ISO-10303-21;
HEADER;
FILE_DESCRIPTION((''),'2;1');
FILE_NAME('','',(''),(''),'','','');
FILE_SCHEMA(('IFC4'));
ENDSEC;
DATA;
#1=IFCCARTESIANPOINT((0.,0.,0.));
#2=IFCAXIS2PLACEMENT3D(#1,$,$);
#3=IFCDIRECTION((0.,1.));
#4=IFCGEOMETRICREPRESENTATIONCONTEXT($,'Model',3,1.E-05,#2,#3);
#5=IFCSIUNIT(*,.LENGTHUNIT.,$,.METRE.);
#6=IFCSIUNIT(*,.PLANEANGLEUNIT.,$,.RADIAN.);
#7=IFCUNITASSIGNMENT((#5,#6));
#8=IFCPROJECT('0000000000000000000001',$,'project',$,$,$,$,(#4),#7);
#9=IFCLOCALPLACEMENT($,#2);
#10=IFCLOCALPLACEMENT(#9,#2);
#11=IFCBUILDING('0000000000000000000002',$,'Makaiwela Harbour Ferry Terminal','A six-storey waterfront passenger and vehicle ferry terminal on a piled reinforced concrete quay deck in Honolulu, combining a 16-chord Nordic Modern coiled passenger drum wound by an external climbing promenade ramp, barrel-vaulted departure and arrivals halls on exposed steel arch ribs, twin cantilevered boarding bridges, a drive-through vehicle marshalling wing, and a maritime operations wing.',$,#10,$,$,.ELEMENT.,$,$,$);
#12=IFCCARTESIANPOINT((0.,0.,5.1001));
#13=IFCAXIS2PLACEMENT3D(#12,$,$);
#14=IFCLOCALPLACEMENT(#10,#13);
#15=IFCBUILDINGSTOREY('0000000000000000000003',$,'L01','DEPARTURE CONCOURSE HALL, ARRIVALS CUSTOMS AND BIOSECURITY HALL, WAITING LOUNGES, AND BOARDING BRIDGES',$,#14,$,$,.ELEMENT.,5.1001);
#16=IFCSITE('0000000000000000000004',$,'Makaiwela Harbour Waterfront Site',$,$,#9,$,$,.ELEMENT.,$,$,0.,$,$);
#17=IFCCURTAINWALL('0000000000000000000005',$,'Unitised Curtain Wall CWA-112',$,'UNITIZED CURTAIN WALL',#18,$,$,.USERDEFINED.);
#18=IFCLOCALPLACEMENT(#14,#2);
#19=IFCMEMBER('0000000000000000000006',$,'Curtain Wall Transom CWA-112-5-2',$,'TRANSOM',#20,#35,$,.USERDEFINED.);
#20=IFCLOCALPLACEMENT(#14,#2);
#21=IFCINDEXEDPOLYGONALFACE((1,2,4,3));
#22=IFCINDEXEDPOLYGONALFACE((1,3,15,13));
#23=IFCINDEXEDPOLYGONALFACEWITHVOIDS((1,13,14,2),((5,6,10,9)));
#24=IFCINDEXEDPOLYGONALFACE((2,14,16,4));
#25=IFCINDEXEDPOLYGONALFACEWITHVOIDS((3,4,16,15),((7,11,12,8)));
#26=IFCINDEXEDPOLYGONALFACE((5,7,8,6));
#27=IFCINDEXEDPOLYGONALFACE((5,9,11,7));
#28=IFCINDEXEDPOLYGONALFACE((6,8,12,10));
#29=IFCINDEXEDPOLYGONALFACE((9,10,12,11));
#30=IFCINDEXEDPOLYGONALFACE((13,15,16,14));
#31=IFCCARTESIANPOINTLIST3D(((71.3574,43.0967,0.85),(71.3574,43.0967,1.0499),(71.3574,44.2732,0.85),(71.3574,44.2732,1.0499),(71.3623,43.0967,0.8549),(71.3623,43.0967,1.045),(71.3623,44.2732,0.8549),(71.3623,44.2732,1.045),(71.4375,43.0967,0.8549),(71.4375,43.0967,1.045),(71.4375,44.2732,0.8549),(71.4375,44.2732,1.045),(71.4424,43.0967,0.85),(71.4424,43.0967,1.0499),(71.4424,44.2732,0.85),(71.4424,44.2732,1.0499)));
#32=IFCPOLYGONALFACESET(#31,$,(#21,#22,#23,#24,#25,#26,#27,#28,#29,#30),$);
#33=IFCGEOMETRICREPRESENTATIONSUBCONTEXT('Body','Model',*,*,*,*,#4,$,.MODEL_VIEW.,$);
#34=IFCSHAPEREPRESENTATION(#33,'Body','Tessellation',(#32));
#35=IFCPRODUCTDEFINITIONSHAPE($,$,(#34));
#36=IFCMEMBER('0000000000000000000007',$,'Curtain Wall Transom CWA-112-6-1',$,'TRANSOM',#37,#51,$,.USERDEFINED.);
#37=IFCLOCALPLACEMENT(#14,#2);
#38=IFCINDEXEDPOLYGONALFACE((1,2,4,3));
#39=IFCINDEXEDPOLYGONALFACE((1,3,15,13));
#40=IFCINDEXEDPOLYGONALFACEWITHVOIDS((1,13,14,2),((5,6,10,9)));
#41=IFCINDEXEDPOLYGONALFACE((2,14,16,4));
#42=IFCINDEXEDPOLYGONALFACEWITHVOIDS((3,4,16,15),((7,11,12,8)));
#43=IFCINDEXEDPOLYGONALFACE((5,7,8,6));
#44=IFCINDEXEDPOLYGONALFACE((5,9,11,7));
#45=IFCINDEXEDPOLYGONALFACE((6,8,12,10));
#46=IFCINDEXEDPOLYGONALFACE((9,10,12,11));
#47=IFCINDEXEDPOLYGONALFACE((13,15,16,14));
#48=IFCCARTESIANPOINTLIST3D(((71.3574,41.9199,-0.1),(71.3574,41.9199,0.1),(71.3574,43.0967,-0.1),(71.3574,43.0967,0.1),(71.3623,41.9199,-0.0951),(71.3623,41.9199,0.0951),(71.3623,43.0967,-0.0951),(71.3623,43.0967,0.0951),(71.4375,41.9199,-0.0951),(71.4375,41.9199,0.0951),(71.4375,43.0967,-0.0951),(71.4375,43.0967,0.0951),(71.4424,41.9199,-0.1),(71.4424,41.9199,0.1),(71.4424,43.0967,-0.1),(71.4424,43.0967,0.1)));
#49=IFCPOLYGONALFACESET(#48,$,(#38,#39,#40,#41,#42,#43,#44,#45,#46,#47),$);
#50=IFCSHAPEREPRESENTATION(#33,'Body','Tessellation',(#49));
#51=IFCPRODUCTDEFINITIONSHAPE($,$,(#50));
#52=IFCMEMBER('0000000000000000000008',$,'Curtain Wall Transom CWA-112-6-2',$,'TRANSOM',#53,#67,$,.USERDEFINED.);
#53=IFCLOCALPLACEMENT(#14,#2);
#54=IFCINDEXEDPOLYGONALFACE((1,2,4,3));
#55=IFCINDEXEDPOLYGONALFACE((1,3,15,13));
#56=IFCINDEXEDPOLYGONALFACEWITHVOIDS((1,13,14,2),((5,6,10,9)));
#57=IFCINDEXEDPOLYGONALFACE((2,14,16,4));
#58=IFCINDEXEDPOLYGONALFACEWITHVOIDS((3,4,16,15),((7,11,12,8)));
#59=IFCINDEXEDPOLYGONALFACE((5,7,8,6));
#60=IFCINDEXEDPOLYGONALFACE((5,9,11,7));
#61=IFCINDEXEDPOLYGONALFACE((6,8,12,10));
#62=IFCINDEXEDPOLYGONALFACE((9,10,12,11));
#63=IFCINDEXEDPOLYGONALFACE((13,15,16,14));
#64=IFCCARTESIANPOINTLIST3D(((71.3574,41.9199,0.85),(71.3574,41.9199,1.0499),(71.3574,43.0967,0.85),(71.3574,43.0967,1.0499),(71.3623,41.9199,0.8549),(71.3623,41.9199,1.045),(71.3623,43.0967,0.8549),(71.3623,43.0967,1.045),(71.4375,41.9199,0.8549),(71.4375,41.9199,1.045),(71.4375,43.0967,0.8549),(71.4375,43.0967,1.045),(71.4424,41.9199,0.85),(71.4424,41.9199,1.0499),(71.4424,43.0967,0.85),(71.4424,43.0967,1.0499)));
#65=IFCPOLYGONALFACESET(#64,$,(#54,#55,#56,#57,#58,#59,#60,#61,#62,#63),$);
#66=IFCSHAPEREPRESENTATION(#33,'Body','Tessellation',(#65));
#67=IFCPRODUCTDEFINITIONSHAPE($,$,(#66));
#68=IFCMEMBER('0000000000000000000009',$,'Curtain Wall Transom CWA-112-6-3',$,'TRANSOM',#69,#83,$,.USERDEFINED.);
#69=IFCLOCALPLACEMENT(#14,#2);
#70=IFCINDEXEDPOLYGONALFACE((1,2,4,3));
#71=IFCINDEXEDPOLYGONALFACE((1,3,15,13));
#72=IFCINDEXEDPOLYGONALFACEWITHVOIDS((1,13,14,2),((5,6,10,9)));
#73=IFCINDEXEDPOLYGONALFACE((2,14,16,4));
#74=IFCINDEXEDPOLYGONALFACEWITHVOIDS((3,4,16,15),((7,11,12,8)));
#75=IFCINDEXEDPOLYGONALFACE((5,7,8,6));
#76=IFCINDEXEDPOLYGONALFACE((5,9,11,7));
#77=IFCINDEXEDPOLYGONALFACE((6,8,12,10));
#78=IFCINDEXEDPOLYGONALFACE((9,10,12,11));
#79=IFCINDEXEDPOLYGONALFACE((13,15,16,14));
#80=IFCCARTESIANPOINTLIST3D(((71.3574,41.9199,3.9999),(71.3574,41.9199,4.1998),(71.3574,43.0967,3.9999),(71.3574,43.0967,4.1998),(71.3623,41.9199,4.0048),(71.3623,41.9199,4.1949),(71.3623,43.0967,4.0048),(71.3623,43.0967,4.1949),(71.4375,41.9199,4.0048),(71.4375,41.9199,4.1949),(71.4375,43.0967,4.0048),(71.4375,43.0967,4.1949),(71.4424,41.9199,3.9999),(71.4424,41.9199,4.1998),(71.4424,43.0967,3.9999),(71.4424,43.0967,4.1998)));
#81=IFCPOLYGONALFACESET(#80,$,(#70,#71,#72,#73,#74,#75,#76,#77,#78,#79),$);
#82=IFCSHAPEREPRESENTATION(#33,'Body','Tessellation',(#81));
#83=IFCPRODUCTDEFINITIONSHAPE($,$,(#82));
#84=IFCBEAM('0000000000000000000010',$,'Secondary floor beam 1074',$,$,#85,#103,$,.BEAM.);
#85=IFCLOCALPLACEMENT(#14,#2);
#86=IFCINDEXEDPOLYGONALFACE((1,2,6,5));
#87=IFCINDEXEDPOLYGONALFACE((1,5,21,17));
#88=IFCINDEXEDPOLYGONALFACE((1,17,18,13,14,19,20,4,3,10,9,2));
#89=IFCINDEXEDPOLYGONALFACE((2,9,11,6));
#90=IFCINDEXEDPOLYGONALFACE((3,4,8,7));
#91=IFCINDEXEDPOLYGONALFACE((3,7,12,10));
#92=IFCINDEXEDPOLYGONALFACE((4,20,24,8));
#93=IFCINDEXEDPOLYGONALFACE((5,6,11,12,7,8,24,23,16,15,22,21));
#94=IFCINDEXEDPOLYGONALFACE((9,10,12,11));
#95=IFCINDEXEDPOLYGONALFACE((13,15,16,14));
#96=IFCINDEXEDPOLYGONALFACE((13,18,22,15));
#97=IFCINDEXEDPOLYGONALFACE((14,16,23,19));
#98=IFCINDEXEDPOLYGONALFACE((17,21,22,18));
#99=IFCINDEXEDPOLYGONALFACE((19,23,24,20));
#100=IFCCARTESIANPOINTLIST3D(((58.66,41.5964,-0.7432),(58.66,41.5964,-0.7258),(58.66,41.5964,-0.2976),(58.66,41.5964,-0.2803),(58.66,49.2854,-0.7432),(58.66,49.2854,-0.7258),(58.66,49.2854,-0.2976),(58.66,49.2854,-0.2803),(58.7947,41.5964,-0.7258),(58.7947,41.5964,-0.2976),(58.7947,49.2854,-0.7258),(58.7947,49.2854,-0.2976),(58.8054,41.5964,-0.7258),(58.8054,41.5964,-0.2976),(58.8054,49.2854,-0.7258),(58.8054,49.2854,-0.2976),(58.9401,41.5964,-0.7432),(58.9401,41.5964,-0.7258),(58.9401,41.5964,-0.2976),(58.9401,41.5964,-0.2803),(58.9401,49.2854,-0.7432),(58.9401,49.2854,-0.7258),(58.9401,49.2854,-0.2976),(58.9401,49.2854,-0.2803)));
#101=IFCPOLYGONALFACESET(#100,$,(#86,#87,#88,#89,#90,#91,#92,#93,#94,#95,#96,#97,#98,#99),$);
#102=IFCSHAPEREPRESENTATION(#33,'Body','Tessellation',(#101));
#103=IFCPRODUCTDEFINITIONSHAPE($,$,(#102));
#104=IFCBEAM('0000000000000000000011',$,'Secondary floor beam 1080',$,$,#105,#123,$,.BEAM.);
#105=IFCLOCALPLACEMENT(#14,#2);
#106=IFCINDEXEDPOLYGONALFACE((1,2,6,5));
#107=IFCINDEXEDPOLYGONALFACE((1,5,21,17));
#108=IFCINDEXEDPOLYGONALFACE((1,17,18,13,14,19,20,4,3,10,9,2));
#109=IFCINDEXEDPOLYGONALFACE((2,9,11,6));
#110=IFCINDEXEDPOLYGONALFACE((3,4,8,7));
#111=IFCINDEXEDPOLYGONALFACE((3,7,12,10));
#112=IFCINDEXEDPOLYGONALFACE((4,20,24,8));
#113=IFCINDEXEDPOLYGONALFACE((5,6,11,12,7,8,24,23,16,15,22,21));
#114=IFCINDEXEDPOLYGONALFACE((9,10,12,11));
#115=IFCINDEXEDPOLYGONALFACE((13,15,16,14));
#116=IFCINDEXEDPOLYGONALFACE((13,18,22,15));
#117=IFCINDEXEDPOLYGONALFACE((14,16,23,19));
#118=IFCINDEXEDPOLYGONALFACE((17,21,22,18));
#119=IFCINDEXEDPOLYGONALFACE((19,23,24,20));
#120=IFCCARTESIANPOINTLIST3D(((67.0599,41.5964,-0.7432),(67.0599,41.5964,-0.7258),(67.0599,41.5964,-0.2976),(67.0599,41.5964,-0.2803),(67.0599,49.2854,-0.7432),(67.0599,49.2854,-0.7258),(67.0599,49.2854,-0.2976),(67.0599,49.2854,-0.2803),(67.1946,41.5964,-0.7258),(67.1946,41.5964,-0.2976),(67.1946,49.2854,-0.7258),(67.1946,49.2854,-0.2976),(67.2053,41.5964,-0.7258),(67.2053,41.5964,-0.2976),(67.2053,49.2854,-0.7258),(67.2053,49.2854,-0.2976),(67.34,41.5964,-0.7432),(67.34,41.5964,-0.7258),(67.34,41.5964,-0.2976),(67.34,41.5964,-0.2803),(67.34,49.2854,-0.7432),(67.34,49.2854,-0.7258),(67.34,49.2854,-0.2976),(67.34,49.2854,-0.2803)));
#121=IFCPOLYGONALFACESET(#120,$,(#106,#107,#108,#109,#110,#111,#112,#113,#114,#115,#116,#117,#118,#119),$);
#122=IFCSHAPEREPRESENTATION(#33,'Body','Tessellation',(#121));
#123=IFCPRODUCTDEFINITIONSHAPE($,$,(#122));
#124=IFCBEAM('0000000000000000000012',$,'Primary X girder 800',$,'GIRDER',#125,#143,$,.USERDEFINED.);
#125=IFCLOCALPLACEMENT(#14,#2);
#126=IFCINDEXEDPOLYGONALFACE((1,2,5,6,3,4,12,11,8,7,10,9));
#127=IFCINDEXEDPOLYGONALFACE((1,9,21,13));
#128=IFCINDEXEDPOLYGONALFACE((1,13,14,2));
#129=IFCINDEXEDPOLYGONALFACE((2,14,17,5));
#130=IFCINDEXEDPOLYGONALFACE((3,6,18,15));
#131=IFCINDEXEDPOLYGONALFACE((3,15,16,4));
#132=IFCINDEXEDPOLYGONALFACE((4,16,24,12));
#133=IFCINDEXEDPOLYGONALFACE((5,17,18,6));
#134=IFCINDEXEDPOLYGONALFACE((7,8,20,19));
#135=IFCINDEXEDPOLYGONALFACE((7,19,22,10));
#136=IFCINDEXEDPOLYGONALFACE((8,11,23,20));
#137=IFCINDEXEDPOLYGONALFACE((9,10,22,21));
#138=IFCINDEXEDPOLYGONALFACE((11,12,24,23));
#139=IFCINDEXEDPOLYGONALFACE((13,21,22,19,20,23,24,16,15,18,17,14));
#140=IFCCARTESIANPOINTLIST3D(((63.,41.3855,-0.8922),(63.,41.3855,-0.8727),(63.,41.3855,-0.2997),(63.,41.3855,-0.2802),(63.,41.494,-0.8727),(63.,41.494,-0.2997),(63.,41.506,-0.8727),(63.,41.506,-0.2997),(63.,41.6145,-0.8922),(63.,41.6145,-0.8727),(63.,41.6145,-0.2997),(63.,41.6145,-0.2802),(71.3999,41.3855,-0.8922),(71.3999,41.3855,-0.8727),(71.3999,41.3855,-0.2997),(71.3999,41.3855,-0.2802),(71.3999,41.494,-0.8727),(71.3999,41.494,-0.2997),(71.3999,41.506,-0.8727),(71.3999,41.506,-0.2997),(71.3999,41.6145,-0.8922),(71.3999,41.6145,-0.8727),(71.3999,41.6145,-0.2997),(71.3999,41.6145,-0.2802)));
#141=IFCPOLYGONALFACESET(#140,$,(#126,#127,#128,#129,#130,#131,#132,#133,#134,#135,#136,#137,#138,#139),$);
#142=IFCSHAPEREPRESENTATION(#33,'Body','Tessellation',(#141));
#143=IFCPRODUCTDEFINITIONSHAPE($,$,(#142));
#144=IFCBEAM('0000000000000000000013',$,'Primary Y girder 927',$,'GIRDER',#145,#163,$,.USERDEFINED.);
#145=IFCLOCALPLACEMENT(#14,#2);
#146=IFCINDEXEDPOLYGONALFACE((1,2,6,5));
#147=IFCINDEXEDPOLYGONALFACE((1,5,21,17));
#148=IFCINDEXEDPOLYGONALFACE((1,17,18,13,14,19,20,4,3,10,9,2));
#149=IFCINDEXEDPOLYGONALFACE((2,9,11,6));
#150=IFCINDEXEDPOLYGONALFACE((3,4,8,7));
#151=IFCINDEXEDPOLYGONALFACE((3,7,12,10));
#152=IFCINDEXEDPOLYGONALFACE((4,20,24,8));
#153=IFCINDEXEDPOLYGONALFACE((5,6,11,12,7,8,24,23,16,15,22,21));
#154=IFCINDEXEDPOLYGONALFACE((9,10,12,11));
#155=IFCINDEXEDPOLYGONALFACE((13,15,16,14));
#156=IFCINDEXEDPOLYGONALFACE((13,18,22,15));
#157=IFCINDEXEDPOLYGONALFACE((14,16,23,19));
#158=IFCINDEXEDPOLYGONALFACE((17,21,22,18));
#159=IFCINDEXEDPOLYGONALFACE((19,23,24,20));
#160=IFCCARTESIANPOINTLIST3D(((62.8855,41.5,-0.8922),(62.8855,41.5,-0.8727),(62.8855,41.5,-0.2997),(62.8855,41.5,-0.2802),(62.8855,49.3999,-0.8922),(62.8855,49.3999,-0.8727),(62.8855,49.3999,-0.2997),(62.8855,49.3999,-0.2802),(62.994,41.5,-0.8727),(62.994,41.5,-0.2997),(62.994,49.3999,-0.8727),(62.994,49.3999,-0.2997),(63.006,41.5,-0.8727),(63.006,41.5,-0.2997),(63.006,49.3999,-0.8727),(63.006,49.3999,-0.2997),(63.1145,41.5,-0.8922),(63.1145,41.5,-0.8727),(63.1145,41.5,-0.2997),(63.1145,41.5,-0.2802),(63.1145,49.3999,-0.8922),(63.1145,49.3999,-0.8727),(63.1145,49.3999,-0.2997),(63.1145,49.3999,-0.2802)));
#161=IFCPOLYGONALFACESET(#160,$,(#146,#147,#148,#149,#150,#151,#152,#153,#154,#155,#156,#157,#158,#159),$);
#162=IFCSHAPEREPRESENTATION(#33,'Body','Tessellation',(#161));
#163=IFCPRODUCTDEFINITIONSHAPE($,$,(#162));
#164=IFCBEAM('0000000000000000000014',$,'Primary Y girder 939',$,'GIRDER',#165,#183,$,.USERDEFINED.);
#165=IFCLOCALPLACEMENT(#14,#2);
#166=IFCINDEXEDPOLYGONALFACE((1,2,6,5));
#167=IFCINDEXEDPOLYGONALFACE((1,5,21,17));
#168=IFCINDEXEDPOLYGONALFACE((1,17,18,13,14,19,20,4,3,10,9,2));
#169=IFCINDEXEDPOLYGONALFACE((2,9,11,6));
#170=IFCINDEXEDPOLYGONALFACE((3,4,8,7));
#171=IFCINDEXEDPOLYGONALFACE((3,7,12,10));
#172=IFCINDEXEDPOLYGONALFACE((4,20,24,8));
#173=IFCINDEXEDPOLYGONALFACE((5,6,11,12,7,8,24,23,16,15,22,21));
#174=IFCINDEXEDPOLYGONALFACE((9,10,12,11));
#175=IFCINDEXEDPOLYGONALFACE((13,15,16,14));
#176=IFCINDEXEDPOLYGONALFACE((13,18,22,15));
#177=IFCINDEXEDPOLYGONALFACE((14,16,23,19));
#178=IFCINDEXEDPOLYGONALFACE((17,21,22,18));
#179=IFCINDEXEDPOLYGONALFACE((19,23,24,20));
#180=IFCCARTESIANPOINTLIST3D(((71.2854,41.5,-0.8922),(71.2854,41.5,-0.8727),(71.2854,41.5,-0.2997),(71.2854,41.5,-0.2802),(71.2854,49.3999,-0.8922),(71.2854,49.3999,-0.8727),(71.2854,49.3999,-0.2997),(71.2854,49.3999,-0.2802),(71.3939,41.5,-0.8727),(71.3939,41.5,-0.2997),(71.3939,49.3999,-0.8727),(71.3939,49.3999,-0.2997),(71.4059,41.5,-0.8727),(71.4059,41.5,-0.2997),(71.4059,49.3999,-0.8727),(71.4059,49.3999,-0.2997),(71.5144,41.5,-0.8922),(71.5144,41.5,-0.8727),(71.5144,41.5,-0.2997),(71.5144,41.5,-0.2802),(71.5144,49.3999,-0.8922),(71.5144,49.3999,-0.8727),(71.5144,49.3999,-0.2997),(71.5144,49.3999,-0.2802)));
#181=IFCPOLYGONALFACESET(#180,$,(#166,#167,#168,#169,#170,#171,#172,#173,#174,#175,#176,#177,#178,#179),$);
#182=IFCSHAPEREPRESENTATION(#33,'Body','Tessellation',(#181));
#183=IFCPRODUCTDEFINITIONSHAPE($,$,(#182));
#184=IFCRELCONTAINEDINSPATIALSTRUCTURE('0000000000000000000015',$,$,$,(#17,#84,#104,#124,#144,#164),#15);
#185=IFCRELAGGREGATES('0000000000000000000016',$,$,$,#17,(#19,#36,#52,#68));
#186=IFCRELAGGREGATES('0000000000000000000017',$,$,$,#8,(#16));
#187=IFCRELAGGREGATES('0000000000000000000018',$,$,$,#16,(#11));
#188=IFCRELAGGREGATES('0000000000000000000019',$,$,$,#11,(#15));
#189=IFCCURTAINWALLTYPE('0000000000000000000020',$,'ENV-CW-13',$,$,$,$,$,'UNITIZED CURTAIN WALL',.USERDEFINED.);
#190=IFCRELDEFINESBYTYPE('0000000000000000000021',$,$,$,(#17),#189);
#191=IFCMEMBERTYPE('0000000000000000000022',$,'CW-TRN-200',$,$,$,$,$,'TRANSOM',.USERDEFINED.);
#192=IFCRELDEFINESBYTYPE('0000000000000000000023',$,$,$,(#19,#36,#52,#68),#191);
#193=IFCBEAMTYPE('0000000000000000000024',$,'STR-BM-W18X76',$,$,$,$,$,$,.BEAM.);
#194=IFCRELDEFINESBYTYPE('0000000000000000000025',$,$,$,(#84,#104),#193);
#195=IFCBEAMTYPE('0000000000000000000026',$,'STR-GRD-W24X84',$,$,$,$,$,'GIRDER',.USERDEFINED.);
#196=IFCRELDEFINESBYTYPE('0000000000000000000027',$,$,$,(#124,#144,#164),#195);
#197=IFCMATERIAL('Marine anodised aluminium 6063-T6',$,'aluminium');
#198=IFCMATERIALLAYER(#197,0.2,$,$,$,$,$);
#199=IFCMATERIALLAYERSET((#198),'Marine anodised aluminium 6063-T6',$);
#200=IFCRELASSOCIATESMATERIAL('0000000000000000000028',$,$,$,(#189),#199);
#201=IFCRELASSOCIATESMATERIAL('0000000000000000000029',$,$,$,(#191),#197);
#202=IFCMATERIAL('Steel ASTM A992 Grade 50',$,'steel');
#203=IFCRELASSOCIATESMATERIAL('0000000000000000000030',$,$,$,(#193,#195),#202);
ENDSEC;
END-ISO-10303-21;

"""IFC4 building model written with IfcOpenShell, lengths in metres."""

from ifc_helpers import new_model, si_unit, direction, frame, origin, origin_2d, place, context, subcontext, project, spatial, hollow_rectangle, i_section, extrude, material, layer, layer_set, material_profile, profile_set, type_object, element, aggregate, save


model = new_model("IFC4")

# Units and contexts
model_context = context("Model", 3, precision=1e-05, world=origin(), true_north=direction((0.0, 1.0)))
body_context = subcontext(model_context, "Body", "Model", "MODEL_VIEW")
ifc_project = project(units=[si_unit("LENGTHUNIT", "METRE"), si_unit("PLANEANGLEUNIT", "RADIAN")], contexts=[model_context])

# Site, building, storey
site_placement = place(None, origin())
site = spatial("IfcSite", under=ifc_project, at=site_placement, Name="Makaiwela Harbour Waterfront Site", CompositionType="ELEMENT", RefElevation=0.0)
building_placement = place(site_placement, origin())
building = spatial("IfcBuilding", under=site, at=building_placement, Name="Makaiwela Harbour Ferry Terminal", Description="A six-storey waterfront passenger and vehicle ferry terminal on a piled reinforced concrete quay deck in Honolulu, combining a 16-chord Nordic Modern coiled passenger drum wound by an external climbing promenade ramp, barrel-vaulted departure and arrivals halls on exposed steel arch ribs, twin cantilevered boarding bridges, a drive-through vehicle marshalling wing, and a maritime operations wing.", CompositionType="ELEMENT")
storey_placement = place(building_placement, frame((0.0, 0.0, 5.1001)))
storey = spatial("IfcBuildingStorey", under=building, at=storey_placement, Name="L01", Description="DEPARTURE CONCOURSE HALL, ARRIVALS CUSTOMS AND BIOSECURITY HALL, WAITING LOUNGES, AND BOARDING BRIDGES", CompositionType="ELEMENT", Elevation=5.1001)

# Shared definitions
ifc_material_1 = material(Name="Steel ASTM A992 Grade 50", Category="steel")

# Curtain wall
ifc_material_2 = material(Name="Marine anodised aluminium 6063-T6", Category="aluminium")
ifc_layer_1 = layer(ifc_material_2, 0.2)
ifc_layer_set_1 = layer_set([ifc_layer_1], Name="Marine anodised aluminium 6063-T6")
curtain_wall_type = type_object("IfcCurtainWallType", Name="ENV-CW-13", ElementType="UNITIZED CURTAIN WALL", PredefinedType="USERDEFINED", material=ifc_layer_set_1)
curtain_wall_1_placement = place(storey_placement, origin())
curtain_wall_1 = element("IfcCurtainWall", 1, at=curtain_wall_1_placement, inside=storey, type_object=curtain_wall_type, Name="Unitised Curtain Wall CWA-112", ObjectType="UNITIZED CURTAIN WALL", PredefinedType="USERDEFINED")
ifc_material_profile_1 = material_profile(ifc_material_2, hollow_rectangle(XDim=0.085, YDim=0.2, WallThickness=0.0049, at=origin_2d()), Name="CWT-200X85")
ifc_profile_set_1 = profile_set([ifc_material_profile_1], Name="Marine anodised aluminium 6063-T6")
member_type_1 = type_object("IfcMemberType", Name="CW-TRN-200", ElementType="TRANSOM", PredefinedType="USERDEFINED", material=ifc_profile_set_1)

# Members
member_1_placement = place(storey_placement, frame((71.3999, 44.2732, 0.95), z_axis=(0.0, -1.0, 0.0), x_axis=(1.0, 0.0, 0.0)))
member_1 = element("IfcMember", 2, at=member_1_placement, type_object=member_type_1, Name="Curtain Wall Transom CWA-112-5-2", ObjectType="TRANSOM", PredefinedType="USERDEFINED", context=body_context, shape_type="SweptSolid", body=[
    extrude(hollow_rectangle(XDim=0.085, YDim=0.2, WallThickness=0.0049, at=origin_2d()), origin(), (0.0, 0.0, 1.0), 1.1765),
])
member_2_placement = place(storey_placement, frame((71.3999, 43.0967, 0.0), z_axis=(0.0, -1.0, 0.0), x_axis=(1.0, 0.0, 0.0)))
member_2 = element("IfcMember", 3, at=member_2_placement, type_object=member_type_1, Name="Curtain Wall Transom CWA-112-6-1", ObjectType="TRANSOM", PredefinedType="USERDEFINED", context=body_context, shape_type="SweptSolid", body=[
    extrude(hollow_rectangle(XDim=0.085, YDim=0.2, WallThickness=0.0049, at=origin_2d()), origin(), (0.0, 0.0, 1.0), 1.1768),
])
member_3_placement = place(storey_placement, frame((71.3999, 43.0967, 0.95), z_axis=(0.0, -1.0, 0.0), x_axis=(1.0, 0.0, 0.0)))
member_3 = element("IfcMember", 4, at=member_3_placement, type_object=member_type_1, Name="Curtain Wall Transom CWA-112-6-2", ObjectType="TRANSOM", PredefinedType="USERDEFINED", context=body_context, shape_type="SweptSolid", body=[
    extrude(hollow_rectangle(XDim=0.085, YDim=0.2, WallThickness=0.0049, at=origin_2d()), origin(), (0.0, 0.0, 1.0), 1.1768),
])
member_4_placement = place(storey_placement, frame((71.3999, 43.0967, 4.0999), z_axis=(0.0, -1.0, 0.0), x_axis=(1.0, 0.0, 0.0)))
member_4 = element("IfcMember", 5, at=member_4_placement, type_object=member_type_1, Name="Curtain Wall Transom CWA-112-6-3", ObjectType="TRANSOM", PredefinedType="USERDEFINED", context=body_context, shape_type="SweptSolid", body=[
    extrude(hollow_rectangle(XDim=0.085, YDim=0.2, WallThickness=0.0049, at=origin_2d()), origin(), (0.0, 0.0, 1.0), 1.1768),
])

# Beams
ifc_material_profile_2 = material_profile(ifc_material_1, i_section(OverallWidth=0.28, OverallDepth=0.4629, WebThickness=0.0107, FlangeThickness=0.0173, at=origin_2d()), Name="W18X76")
ifc_profile_set_2 = profile_set([ifc_material_profile_2], Name="Steel ASTM A992 Grade 50")
beam_type_1 = type_object("IfcBeamType", Name="STR-BM-W18X76", PredefinedType="BEAM", material=ifc_profile_set_2)
for number, where, z_axis, x_axis, name in (
    (6, (58.8, 41.5964, -0.5117), (0.0, 1.0, 0.0), (-1.0, 0.0, 0.0), "Secondary floor beam 1074"),
    (7, (67.2, 41.5964, -0.5117), (0.0, 1.0, 0.0), (-1.0, 0.0, 0.0), "Secondary floor beam 1080"),
):
    element("IfcBeam", number, at=place(storey_placement, frame(where, z_axis=z_axis, x_axis=x_axis)), inside=storey, type_object=beam_type_1, Name=name, PredefinedType="BEAM", context=body_context, shape_type="SweptSolid", body=[
        extrude(i_section(OverallWidth=0.28, OverallDepth=0.4629, WebThickness=0.0107, FlangeThickness=0.0173, at=origin_2d()), origin(), (0.0, 0.0, 1.0), 7.689),
    ])
ifc_material_profile_3 = material_profile(ifc_material_1, i_section(OverallWidth=0.229, OverallDepth=0.6121, WebThickness=0.012, FlangeThickness=0.0195, at=origin_2d()), Name="W24X84")
ifc_profile_set_3 = profile_set([ifc_material_profile_3], Name="Steel ASTM A992 Grade 50")
beam_type_2 = type_object("IfcBeamType", Name="STR-GRD-W24X84", ElementType="GIRDER", PredefinedType="USERDEFINED", material=ifc_profile_set_3)
beam_1_placement = place(storey_placement, frame((63.0, 41.5, -0.5862), z_axis=(1.0, 0.0, 0.0), x_axis=(0.0, 1.0, 0.0)))
element("IfcBeam", 8, at=beam_1_placement, inside=storey, type_object=beam_type_2, Name="Primary X girder 800", ObjectType="GIRDER", PredefinedType="USERDEFINED", context=body_context, shape_type="SweptSolid", body=[
    extrude(i_section(OverallWidth=0.229, OverallDepth=0.6121, WebThickness=0.012, FlangeThickness=0.0195, at=origin_2d()), origin(), (0.0, 0.0, 1.0), 8.3999),
])
for number, where, z_axis, x_axis, name in (
    (9, (63.0, 41.5, -0.5862), (0.0, 1.0, 0.0), (-1.0, 0.0, 0.0), "Primary Y girder 927"),
    (10, (71.3999, 41.5, -0.5862), (0.0, 1.0, 0.0), (-1.0, 0.0, 0.0), "Primary Y girder 939"),
):
    element("IfcBeam", number, at=place(storey_placement, frame(where, z_axis=z_axis, x_axis=x_axis)), inside=storey, type_object=beam_type_2, Name=name, ObjectType="GIRDER", PredefinedType="USERDEFINED", context=body_context, shape_type="SweptSolid", body=[
        extrude(i_section(OverallWidth=0.229, OverallDepth=0.6121, WebThickness=0.012, FlangeThickness=0.0195, at=origin_2d()), origin(), (0.0, 0.0, 1.0), 7.8999),
    ])

aggregate(curtain_wall_1, [member_1, member_2, member_3, member_4])

save(model, "model.ifc")
